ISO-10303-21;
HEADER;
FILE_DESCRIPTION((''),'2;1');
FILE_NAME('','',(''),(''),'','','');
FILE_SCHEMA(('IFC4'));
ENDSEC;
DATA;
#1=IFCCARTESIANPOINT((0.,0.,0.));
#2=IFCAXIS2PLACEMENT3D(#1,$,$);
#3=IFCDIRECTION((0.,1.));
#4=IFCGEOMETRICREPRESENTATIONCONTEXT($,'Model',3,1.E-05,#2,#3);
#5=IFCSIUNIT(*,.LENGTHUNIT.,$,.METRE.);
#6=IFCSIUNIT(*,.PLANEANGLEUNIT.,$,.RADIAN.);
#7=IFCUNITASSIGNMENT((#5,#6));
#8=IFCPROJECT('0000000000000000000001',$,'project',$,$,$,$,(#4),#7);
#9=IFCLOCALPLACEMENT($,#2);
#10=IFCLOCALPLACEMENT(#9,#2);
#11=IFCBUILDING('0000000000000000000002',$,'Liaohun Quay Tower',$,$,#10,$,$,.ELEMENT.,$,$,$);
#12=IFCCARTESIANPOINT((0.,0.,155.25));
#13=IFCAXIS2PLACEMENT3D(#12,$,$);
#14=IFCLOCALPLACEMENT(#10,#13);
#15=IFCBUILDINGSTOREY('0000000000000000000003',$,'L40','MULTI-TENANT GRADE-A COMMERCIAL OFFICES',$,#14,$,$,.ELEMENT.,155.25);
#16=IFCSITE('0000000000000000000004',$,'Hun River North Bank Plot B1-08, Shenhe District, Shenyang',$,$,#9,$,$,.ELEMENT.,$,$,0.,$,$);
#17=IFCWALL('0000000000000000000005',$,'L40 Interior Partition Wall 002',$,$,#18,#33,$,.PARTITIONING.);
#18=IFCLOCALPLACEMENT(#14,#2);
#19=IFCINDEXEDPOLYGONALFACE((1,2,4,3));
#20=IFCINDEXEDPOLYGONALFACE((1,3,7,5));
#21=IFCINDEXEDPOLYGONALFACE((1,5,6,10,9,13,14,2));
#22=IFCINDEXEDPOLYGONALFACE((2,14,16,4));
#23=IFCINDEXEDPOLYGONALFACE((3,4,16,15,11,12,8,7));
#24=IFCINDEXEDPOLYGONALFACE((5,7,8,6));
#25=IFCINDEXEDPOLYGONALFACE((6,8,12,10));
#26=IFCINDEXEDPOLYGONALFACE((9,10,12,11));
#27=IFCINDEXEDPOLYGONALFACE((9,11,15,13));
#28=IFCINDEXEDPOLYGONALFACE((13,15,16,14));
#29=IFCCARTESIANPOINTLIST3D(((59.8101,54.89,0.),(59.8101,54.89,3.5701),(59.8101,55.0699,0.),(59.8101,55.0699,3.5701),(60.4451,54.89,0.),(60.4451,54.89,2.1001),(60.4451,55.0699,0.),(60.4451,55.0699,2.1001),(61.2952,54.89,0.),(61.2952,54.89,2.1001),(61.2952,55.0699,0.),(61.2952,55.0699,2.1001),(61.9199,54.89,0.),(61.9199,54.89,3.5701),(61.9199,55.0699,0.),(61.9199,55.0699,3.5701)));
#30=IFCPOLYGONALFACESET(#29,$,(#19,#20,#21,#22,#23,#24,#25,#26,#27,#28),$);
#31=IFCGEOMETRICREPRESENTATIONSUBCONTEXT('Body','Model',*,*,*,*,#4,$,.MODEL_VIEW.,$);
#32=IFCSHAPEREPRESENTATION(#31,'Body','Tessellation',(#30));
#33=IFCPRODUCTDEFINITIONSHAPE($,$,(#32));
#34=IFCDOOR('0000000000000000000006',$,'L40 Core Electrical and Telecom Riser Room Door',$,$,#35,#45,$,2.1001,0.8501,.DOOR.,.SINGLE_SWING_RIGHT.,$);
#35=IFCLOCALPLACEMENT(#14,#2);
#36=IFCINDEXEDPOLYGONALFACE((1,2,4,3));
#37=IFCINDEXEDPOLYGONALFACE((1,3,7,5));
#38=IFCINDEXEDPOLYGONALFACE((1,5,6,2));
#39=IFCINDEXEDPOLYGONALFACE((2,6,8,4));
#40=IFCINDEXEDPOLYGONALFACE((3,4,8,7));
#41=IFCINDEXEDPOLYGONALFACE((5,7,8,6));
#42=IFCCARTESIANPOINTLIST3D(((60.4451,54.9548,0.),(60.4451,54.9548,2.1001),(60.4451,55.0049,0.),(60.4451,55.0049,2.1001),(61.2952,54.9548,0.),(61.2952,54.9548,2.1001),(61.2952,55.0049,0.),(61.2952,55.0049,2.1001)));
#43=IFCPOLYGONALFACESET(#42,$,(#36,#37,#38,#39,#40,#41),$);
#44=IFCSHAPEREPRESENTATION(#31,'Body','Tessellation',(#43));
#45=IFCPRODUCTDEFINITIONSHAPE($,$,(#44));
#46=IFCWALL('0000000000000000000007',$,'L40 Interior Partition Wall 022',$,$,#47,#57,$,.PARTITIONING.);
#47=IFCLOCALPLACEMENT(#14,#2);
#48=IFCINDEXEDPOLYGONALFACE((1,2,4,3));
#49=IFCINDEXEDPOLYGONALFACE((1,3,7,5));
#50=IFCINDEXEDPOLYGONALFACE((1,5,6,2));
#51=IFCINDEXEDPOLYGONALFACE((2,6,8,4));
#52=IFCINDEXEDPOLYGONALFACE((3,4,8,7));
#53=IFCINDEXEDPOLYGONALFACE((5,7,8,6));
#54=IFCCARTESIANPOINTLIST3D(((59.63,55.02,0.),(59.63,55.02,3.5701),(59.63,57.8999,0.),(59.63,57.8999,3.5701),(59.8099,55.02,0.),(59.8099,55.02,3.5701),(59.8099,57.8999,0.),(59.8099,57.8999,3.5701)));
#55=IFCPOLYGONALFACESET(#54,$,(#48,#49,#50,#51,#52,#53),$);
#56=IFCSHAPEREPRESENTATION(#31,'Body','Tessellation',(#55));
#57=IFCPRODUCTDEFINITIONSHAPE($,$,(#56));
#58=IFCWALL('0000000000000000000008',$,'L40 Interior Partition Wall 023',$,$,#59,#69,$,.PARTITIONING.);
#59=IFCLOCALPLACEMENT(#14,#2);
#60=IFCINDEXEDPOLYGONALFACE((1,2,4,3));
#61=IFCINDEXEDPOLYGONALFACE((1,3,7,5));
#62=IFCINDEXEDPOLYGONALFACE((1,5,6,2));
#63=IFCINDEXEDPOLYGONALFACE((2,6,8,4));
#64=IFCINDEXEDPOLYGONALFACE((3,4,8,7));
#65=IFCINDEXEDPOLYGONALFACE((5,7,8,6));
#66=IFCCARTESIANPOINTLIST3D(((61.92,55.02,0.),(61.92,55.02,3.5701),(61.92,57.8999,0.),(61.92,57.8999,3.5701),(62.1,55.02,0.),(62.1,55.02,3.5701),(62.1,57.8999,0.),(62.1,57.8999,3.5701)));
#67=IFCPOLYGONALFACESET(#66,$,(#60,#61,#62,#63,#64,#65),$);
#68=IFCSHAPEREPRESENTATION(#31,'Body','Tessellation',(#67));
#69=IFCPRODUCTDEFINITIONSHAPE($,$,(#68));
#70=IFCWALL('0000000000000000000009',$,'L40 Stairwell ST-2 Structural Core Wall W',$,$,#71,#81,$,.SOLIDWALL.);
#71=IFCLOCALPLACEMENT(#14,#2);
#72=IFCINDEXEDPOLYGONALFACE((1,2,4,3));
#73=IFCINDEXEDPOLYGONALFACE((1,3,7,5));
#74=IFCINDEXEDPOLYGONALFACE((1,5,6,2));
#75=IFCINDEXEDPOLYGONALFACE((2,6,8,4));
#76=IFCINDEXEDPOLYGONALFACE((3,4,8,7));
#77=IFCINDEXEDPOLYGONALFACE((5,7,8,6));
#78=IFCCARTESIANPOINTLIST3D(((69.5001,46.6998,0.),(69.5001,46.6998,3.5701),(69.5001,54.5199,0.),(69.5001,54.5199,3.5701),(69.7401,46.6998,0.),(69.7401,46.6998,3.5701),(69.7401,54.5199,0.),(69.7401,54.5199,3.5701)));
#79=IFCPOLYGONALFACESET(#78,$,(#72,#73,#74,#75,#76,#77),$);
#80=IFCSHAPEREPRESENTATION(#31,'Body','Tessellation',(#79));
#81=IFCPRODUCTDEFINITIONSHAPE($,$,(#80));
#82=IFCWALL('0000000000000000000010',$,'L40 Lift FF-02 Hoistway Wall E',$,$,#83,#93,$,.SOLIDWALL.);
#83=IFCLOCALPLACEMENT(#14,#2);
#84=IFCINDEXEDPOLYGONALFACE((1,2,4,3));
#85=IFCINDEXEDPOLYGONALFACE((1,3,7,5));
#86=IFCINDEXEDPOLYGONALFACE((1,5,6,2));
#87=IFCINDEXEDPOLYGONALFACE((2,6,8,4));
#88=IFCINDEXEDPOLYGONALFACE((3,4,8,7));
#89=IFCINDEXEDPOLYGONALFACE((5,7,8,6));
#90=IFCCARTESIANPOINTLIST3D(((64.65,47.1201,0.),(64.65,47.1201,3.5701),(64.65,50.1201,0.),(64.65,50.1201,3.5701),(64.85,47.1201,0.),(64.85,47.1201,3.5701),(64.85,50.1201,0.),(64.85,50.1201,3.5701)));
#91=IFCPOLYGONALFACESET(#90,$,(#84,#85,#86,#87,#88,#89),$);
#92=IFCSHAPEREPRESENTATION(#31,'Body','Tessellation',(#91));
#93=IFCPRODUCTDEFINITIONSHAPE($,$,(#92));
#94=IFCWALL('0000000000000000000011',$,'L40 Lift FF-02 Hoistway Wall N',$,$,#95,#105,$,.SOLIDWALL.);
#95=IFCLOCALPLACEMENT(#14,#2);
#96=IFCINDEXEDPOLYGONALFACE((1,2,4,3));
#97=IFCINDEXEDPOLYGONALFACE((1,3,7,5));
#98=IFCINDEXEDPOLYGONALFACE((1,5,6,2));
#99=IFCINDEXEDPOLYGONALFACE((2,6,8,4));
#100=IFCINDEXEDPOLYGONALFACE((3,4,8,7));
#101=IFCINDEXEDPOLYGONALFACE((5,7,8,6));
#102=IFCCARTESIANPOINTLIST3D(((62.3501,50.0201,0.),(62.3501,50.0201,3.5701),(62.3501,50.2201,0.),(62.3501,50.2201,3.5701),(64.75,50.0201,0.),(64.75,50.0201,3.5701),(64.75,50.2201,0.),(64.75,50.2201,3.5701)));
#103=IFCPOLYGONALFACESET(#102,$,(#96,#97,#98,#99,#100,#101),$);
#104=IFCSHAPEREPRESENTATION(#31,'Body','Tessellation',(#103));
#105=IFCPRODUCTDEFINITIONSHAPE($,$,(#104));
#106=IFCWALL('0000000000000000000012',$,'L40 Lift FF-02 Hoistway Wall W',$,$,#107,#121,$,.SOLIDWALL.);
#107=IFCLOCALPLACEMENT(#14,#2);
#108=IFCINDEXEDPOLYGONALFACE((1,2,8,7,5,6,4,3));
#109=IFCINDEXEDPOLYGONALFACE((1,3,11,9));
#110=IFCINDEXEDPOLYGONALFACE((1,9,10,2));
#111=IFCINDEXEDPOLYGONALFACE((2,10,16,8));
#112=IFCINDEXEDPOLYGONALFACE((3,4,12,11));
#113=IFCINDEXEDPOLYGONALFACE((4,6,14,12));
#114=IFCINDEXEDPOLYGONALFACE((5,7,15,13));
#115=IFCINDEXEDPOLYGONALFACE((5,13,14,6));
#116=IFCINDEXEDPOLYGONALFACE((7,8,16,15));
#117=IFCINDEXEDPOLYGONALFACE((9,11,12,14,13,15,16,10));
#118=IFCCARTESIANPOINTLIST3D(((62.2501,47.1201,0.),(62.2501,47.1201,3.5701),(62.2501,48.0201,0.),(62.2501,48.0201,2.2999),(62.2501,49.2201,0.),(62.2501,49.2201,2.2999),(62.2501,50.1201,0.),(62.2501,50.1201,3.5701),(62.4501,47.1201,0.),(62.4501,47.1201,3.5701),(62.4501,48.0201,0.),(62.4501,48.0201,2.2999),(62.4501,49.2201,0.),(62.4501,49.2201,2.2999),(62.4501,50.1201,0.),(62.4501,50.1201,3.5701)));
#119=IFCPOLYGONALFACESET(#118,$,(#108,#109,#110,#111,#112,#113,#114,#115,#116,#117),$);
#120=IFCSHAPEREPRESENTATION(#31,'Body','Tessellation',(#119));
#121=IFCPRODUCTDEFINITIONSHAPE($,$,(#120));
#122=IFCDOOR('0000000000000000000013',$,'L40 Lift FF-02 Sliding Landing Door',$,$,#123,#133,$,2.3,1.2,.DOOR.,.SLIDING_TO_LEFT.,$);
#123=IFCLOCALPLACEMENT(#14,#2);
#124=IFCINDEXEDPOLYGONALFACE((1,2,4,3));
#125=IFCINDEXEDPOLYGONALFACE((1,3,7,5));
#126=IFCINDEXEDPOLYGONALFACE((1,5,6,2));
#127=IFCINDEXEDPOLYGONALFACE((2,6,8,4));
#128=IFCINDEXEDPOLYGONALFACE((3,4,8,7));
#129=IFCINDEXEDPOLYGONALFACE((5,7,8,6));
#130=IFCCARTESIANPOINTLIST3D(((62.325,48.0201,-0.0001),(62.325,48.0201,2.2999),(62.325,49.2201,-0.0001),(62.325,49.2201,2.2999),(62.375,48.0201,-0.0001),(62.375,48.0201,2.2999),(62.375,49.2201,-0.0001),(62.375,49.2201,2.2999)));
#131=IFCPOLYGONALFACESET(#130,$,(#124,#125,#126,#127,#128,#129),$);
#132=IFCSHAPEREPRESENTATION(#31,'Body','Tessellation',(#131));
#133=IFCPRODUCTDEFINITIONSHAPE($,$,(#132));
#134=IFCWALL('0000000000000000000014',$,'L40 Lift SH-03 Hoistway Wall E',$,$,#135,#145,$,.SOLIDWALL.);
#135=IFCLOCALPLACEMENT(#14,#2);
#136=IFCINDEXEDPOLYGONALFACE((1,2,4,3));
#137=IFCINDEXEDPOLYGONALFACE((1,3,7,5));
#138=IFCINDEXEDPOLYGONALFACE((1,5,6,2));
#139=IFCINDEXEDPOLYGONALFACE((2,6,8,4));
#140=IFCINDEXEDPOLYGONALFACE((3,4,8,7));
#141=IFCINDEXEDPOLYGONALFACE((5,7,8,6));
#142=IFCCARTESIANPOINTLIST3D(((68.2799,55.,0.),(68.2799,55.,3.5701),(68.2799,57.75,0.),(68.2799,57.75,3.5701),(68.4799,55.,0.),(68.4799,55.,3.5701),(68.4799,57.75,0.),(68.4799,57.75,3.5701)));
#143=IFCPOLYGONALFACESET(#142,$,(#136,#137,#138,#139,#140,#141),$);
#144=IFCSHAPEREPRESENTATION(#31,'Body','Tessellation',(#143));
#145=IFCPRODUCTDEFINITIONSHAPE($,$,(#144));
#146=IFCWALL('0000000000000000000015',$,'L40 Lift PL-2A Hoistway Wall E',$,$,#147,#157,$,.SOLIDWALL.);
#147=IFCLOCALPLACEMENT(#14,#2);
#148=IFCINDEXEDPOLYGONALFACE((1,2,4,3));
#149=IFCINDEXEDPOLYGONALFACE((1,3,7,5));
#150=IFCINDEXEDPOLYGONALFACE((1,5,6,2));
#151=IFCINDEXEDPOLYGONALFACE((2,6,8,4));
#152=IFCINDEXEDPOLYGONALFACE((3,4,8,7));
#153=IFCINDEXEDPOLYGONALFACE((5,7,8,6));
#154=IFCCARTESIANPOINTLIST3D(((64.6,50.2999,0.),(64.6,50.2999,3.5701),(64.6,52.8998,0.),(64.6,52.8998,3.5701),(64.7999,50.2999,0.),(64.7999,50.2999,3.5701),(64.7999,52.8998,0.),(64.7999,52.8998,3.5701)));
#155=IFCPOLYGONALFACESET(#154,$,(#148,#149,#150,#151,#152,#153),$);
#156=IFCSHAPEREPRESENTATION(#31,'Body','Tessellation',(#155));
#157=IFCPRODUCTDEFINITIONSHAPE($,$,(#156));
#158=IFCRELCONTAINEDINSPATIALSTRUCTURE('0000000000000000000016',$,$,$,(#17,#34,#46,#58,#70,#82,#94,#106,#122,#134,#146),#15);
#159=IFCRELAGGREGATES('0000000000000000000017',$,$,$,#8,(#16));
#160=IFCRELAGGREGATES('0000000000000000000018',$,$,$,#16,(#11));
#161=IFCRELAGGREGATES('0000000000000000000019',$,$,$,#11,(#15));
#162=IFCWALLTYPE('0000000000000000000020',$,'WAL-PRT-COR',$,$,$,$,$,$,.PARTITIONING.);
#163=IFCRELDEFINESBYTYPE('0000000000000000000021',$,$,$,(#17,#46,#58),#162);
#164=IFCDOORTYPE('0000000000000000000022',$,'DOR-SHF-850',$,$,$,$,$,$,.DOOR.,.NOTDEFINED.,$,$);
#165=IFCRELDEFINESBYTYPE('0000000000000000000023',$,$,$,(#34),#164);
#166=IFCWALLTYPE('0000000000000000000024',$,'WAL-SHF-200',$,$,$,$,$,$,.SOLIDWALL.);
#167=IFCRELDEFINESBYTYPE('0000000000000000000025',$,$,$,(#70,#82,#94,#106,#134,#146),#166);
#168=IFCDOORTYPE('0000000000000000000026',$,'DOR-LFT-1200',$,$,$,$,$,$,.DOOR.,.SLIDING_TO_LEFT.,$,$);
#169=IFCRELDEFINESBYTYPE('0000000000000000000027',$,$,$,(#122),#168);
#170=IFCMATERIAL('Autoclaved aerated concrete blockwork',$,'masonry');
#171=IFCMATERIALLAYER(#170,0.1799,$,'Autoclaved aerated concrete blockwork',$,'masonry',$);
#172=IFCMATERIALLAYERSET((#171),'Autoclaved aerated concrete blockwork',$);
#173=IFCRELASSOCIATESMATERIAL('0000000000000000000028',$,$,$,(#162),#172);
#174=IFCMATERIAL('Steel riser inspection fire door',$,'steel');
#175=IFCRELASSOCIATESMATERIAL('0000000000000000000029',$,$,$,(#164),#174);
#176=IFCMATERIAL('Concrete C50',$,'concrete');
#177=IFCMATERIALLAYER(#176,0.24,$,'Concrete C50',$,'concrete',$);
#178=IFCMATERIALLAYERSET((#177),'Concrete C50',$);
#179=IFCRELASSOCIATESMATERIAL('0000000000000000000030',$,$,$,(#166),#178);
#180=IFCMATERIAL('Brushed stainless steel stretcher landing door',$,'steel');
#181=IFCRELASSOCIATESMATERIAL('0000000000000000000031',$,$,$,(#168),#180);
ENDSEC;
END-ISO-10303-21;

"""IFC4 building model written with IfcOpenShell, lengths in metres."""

from ifc_helpers import new_model, si_unit, direction, frame, frame_2d, origin, place, context, subcontext, project, spatial, rectangle, extrude, source, transform, mapped, material, layer, layer_set, type_object, element, fill, save


model = new_model("IFC4")

# Units and contexts
model_context = context("Model", 3, precision=1e-05, world=origin(), true_north=direction((0.0, 1.0)))
body_context = subcontext(model_context, "Body", "Model", "MODEL_VIEW")
ifc_project = project(units=[si_unit("LENGTHUNIT", "METRE"), si_unit("PLANEANGLEUNIT", "RADIAN")], contexts=[model_context])

# Site, building, storey
site_placement = place(None, origin())
site = spatial("IfcSite", under=ifc_project, at=site_placement, Name="Hun River North Bank Plot B1-08, Shenhe District, Shenyang", CompositionType="ELEMENT", RefElevation=0.0)
building_placement = place(site_placement, origin())
building = spatial("IfcBuilding", under=site, at=building_placement, Name="Liaohun Quay Tower", CompositionType="ELEMENT")
storey_placement = place(building_placement, frame((0.0, 0.0, 155.25)))
storey = spatial("IfcBuildingStorey", under=building, at=storey_placement, Name="L40", Description="MULTI-TENANT GRADE-A COMMERCIAL OFFICES", CompositionType="ELEMENT", Elevation=155.25)

# Wall, opening, door
ifc_material_1 = material(Name="Autoclaved aerated concrete blockwork", Category="masonry")
ifc_layer_1 = layer(ifc_material_1, 0.1799, Name="Autoclaved aerated concrete blockwork", Category="masonry")
ifc_layer_set_1 = layer_set([ifc_layer_1], Name="Autoclaved aerated concrete blockwork")
wall_type_1 = type_object("IfcWallType", Name="WAL-PRT-COR", PredefinedType="PARTITIONING", material=ifc_layer_set_1)
wall_1_placement = place(storey_placement, frame((59.8101, 54.98, 0.0), z_axis=(0.0, 0.0, 1.0), x_axis=(1.0, 0.0, 0.0)))
wall_1 = element("IfcWall", 1, at=wall_1_placement, inside=storey, type_object=wall_type_1, Name="L40 Interior Partition Wall 002", PredefinedType="PARTITIONING", context=body_context, shape_type="SweptSolid", body=[
    extrude(rectangle(XDim=2.1099, YDim=0.1799, at=frame_2d((1.0549, 0.0))), origin(), (0.0, 0.0, 1.0), 3.5701),
])
shared_shape_1 = source(origin(), body_context, "Body", "SweptSolid", [
    extrude(rectangle(XDim=0.8501, YDim=2.1001, at=frame_2d((0.425, 1.05))), frame((0.0, 0.0999, 0.0), z_axis=(0.0, -1.0, 0.0), x_axis=(1.0, 0.0, 0.0)), (0.0, 0.0, 1.0), 0.2),
])
opening_1_placement = place(wall_1_placement, frame((0.635, 0.0, 0.0)))
opening_1 = element("IfcOpeningElement", 2, at=opening_1_placement, cuts=wall_1, PredefinedType="OPENING", context=body_context, shape_type="MappedRepresentation", body=[
    mapped(shared_shape_1, transform((0.0, 0.0, 0.0), x_axis=(1.0, 0.0, 0.0), y_axis=(0.0, 1.0, 0.0), z_axis=(0.0, 0.0, 1.0), scale=1.0)),
])
ifc_material_2 = material(Name="Steel riser inspection fire door", Category="steel")
door_type_1 = type_object("IfcDoorType", Name="DOR-SHF-850", OperationType="NOTDEFINED", PredefinedType="DOOR", material=ifc_material_2)
shared_shape_2 = source(origin(), body_context, "Body", "SweptSolid", [
    extrude(rectangle(XDim=0.8501, YDim=2.1001, at=frame_2d((0.425, 1.05))), frame((0.0, 0.0249, 0.0), z_axis=(0.0, -1.0, 0.0), x_axis=(1.0, 0.0, 0.0)), (0.0, 0.0, 1.0), 0.05),
])
door_1_placement = place(opening_1_placement, origin())
door_1 = element("IfcDoor", 3, at=door_1_placement, inside=storey, type_object=door_type_1, Name="L40 Core Electrical and Telecom Riser Room Door", OperationType="SINGLE_SWING_RIGHT", OverallHeight=2.1001, OverallWidth=0.8501, PredefinedType="DOOR", context=body_context, shape_type="MappedRepresentation", body=[
    mapped(shared_shape_2, transform((0.0, 0.0, 0.0), x_axis=(1.0, 0.0, 0.0), y_axis=(0.0, 1.0, 0.0), z_axis=(0.0, 0.0, 1.0), scale=1.0)),
])
fill(opening_1, door_1)

# Walls
for number, where, z_axis, x_axis, name in (
    (4, (59.72, 55.02, 0.0), (0.0, 0.0, 1.0), (0.0, 1.0, 0.0), "L40 Interior Partition Wall 022"),
    (5, (62.01, 55.02, 0.0), (0.0, 0.0, 1.0), (0.0, 1.0, 0.0), "L40 Interior Partition Wall 023"),
):
    element("IfcWall", number, at=place(storey_placement, frame(where, z_axis=z_axis, x_axis=x_axis)), inside=storey, type_object=wall_type_1, Name=name, PredefinedType="PARTITIONING", context=body_context, shape_type="SweptSolid", body=[
        extrude(rectangle(XDim=2.8799, YDim=0.1799, at=frame_2d((1.4399, 0.0))), origin(), (0.0, 0.0, 1.0), 3.5701),
    ])
ifc_material_3 = material(Name="Concrete C50", Category="concrete")
ifc_layer_2 = layer(ifc_material_3, 0.24, Name="Concrete C50", Category="concrete")
ifc_layer_set_2 = layer_set([ifc_layer_2], Name="Concrete C50")
wall_type_2 = type_object("IfcWallType", Name="WAL-SHF-200", PredefinedType="SOLIDWALL", material=ifc_layer_set_2)
wall_2_placement = place(storey_placement, frame((69.6201, 54.52, 0.0), z_axis=(0.0, 0.0, 1.0), x_axis=(0.0, -1.0, 0.0)))
element("IfcWall", 6, at=wall_2_placement, inside=storey, type_object=wall_type_2, Name="L40 Stairwell ST-2 Structural Core Wall W", PredefinedType="SOLIDWALL", context=body_context, shape_type="SweptSolid", body=[
    extrude(rectangle(XDim=7.8201, YDim=0.24, at=frame_2d((3.9102, 0.0))), origin(), (0.0, 0.0, 1.0), 3.5701),
])
wall_3_placement = place(storey_placement, frame((64.75, 47.1201, 0.0), z_axis=(0.0, 0.0, 1.0), x_axis=(0.0, 1.0, 0.0)))
element("IfcWall", 7, at=wall_3_placement, inside=storey, type_object=wall_type_2, Name="L40 Lift FF-02 Hoistway Wall E", PredefinedType="SOLIDWALL", context=body_context, shape_type="SweptSolid", body=[
    extrude(rectangle(XDim=3.0, YDim=0.2, at=frame_2d((1.5, 0.0))), origin(), (0.0, 0.0, 1.0), 3.5701),
])
wall_4_placement = place(storey_placement, frame((64.75, 50.1201, 0.0), z_axis=(0.0, 0.0, 1.0), x_axis=(-1.0, 0.0, 0.0)))
element("IfcWall", 8, at=wall_4_placement, inside=storey, type_object=wall_type_2, Name="L40 Lift FF-02 Hoistway Wall N", PredefinedType="SOLIDWALL", context=body_context, shape_type="SweptSolid", body=[
    extrude(rectangle(XDim=2.3999, YDim=0.2, at=frame_2d((1.2, 0.0))), origin(), (0.0, 0.0, 1.0), 3.5701),
])

# Wall, opening, door
wall_5_placement = place(storey_placement, frame((62.3501, 50.1201, 0.0), z_axis=(0.0, 0.0, 1.0), x_axis=(0.0, -1.0, 0.0)))
wall_5 = element("IfcWall", 9, at=wall_5_placement, inside=storey, type_object=wall_type_2, Name="L40 Lift FF-02 Hoistway Wall W", PredefinedType="SOLIDWALL", context=body_context, shape_type="SweptSolid", body=[
    extrude(rectangle(XDim=3.0, YDim=0.2, at=frame_2d((1.5, 0.0))), origin(), (0.0, 0.0, 1.0), 3.5701),
])
shared_shape_3 = source(origin(), body_context, "Body", "SweptSolid", [
    extrude(rectangle(XDim=1.2, YDim=2.3, at=frame_2d((0.6001, 1.1499))), frame((0.0, 0.1099, 0.0), z_axis=(0.0, -1.0, 0.0), x_axis=(1.0, 0.0, 0.0)), (0.0, 0.0, 1.0), 0.22),
])
opening_2_placement = place(wall_5_placement, frame((0.8999, 0.0, 0.0)))
opening_2 = element("IfcOpeningElement", 10, at=opening_2_placement, cuts=wall_5, PredefinedType="OPENING", context=body_context, shape_type="MappedRepresentation", body=[
    mapped(shared_shape_3, transform((0.0, 0.0, 0.0), x_axis=(1.0, 0.0, 0.0), y_axis=(0.0, 1.0, 0.0), z_axis=(0.0, 0.0, 1.0), scale=1.0)),
])
ifc_material_4 = material(Name="Brushed stainless steel stretcher landing door", Category="steel")
door_type_2 = type_object("IfcDoorType", Name="DOR-LFT-1200", OperationType="SLIDING_TO_LEFT", PredefinedType="DOOR", material=ifc_material_4)
shared_shape_4 = source(origin(), body_context, "Body", "SweptSolid", [
    extrude(rectangle(XDim=1.2, YDim=2.3, at=frame_2d((0.6001, 1.1499))), frame((0.0, 0.0249, 0.0), z_axis=(0.0, -1.0, 0.0), x_axis=(1.0, 0.0, 0.0)), (0.0, 0.0, 1.0), 0.05),
])
door_2_placement = place(opening_2_placement, origin())
door_2 = element("IfcDoor", 11, at=door_2_placement, inside=storey, type_object=door_type_2, Name="L40 Lift FF-02 Sliding Landing Door", OperationType="SLIDING_TO_LEFT", OverallHeight=2.3, OverallWidth=1.2, PredefinedType="DOOR", context=body_context, shape_type="MappedRepresentation", body=[
    mapped(shared_shape_4, transform((0.0, 0.0, 0.0), x_axis=(1.0, 0.0, 0.0), y_axis=(0.0, 1.0, 0.0), z_axis=(0.0, 0.0, 1.0), scale=1.0)),
])
fill(opening_2, door_2)

# Walls
wall_6_placement = place(storey_placement, frame((68.3799, 55.0, 0.0), z_axis=(0.0, 0.0, 1.0), x_axis=(0.0, 1.0, 0.0)))
element("IfcWall", 12, at=wall_6_placement, inside=storey, type_object=wall_type_2, Name="L40 Lift SH-03 Hoistway Wall E", PredefinedType="SOLIDWALL", context=body_context, shape_type="SweptSolid", body=[
    extrude(rectangle(XDim=2.75, YDim=0.2, at=frame_2d((1.375, 0.0))), origin(), (0.0, 0.0, 1.0), 3.5701),
])
wall_7_placement = place(storey_placement, frame((64.7, 50.3, 0.0), z_axis=(0.0, 0.0, 1.0), x_axis=(0.0, 1.0, 0.0)))
element("IfcWall", 13, at=wall_7_placement, inside=storey, type_object=wall_type_2, Name="L40 Lift PL-2A Hoistway Wall E", PredefinedType="SOLIDWALL", context=body_context, shape_type="SweptSolid", body=[
    extrude(rectangle(XDim=2.5999, YDim=0.2, at=frame_2d((1.2998, 0.0))), origin(), (0.0, 0.0, 1.0), 3.5701),
])

save(model, "model.ifc")
